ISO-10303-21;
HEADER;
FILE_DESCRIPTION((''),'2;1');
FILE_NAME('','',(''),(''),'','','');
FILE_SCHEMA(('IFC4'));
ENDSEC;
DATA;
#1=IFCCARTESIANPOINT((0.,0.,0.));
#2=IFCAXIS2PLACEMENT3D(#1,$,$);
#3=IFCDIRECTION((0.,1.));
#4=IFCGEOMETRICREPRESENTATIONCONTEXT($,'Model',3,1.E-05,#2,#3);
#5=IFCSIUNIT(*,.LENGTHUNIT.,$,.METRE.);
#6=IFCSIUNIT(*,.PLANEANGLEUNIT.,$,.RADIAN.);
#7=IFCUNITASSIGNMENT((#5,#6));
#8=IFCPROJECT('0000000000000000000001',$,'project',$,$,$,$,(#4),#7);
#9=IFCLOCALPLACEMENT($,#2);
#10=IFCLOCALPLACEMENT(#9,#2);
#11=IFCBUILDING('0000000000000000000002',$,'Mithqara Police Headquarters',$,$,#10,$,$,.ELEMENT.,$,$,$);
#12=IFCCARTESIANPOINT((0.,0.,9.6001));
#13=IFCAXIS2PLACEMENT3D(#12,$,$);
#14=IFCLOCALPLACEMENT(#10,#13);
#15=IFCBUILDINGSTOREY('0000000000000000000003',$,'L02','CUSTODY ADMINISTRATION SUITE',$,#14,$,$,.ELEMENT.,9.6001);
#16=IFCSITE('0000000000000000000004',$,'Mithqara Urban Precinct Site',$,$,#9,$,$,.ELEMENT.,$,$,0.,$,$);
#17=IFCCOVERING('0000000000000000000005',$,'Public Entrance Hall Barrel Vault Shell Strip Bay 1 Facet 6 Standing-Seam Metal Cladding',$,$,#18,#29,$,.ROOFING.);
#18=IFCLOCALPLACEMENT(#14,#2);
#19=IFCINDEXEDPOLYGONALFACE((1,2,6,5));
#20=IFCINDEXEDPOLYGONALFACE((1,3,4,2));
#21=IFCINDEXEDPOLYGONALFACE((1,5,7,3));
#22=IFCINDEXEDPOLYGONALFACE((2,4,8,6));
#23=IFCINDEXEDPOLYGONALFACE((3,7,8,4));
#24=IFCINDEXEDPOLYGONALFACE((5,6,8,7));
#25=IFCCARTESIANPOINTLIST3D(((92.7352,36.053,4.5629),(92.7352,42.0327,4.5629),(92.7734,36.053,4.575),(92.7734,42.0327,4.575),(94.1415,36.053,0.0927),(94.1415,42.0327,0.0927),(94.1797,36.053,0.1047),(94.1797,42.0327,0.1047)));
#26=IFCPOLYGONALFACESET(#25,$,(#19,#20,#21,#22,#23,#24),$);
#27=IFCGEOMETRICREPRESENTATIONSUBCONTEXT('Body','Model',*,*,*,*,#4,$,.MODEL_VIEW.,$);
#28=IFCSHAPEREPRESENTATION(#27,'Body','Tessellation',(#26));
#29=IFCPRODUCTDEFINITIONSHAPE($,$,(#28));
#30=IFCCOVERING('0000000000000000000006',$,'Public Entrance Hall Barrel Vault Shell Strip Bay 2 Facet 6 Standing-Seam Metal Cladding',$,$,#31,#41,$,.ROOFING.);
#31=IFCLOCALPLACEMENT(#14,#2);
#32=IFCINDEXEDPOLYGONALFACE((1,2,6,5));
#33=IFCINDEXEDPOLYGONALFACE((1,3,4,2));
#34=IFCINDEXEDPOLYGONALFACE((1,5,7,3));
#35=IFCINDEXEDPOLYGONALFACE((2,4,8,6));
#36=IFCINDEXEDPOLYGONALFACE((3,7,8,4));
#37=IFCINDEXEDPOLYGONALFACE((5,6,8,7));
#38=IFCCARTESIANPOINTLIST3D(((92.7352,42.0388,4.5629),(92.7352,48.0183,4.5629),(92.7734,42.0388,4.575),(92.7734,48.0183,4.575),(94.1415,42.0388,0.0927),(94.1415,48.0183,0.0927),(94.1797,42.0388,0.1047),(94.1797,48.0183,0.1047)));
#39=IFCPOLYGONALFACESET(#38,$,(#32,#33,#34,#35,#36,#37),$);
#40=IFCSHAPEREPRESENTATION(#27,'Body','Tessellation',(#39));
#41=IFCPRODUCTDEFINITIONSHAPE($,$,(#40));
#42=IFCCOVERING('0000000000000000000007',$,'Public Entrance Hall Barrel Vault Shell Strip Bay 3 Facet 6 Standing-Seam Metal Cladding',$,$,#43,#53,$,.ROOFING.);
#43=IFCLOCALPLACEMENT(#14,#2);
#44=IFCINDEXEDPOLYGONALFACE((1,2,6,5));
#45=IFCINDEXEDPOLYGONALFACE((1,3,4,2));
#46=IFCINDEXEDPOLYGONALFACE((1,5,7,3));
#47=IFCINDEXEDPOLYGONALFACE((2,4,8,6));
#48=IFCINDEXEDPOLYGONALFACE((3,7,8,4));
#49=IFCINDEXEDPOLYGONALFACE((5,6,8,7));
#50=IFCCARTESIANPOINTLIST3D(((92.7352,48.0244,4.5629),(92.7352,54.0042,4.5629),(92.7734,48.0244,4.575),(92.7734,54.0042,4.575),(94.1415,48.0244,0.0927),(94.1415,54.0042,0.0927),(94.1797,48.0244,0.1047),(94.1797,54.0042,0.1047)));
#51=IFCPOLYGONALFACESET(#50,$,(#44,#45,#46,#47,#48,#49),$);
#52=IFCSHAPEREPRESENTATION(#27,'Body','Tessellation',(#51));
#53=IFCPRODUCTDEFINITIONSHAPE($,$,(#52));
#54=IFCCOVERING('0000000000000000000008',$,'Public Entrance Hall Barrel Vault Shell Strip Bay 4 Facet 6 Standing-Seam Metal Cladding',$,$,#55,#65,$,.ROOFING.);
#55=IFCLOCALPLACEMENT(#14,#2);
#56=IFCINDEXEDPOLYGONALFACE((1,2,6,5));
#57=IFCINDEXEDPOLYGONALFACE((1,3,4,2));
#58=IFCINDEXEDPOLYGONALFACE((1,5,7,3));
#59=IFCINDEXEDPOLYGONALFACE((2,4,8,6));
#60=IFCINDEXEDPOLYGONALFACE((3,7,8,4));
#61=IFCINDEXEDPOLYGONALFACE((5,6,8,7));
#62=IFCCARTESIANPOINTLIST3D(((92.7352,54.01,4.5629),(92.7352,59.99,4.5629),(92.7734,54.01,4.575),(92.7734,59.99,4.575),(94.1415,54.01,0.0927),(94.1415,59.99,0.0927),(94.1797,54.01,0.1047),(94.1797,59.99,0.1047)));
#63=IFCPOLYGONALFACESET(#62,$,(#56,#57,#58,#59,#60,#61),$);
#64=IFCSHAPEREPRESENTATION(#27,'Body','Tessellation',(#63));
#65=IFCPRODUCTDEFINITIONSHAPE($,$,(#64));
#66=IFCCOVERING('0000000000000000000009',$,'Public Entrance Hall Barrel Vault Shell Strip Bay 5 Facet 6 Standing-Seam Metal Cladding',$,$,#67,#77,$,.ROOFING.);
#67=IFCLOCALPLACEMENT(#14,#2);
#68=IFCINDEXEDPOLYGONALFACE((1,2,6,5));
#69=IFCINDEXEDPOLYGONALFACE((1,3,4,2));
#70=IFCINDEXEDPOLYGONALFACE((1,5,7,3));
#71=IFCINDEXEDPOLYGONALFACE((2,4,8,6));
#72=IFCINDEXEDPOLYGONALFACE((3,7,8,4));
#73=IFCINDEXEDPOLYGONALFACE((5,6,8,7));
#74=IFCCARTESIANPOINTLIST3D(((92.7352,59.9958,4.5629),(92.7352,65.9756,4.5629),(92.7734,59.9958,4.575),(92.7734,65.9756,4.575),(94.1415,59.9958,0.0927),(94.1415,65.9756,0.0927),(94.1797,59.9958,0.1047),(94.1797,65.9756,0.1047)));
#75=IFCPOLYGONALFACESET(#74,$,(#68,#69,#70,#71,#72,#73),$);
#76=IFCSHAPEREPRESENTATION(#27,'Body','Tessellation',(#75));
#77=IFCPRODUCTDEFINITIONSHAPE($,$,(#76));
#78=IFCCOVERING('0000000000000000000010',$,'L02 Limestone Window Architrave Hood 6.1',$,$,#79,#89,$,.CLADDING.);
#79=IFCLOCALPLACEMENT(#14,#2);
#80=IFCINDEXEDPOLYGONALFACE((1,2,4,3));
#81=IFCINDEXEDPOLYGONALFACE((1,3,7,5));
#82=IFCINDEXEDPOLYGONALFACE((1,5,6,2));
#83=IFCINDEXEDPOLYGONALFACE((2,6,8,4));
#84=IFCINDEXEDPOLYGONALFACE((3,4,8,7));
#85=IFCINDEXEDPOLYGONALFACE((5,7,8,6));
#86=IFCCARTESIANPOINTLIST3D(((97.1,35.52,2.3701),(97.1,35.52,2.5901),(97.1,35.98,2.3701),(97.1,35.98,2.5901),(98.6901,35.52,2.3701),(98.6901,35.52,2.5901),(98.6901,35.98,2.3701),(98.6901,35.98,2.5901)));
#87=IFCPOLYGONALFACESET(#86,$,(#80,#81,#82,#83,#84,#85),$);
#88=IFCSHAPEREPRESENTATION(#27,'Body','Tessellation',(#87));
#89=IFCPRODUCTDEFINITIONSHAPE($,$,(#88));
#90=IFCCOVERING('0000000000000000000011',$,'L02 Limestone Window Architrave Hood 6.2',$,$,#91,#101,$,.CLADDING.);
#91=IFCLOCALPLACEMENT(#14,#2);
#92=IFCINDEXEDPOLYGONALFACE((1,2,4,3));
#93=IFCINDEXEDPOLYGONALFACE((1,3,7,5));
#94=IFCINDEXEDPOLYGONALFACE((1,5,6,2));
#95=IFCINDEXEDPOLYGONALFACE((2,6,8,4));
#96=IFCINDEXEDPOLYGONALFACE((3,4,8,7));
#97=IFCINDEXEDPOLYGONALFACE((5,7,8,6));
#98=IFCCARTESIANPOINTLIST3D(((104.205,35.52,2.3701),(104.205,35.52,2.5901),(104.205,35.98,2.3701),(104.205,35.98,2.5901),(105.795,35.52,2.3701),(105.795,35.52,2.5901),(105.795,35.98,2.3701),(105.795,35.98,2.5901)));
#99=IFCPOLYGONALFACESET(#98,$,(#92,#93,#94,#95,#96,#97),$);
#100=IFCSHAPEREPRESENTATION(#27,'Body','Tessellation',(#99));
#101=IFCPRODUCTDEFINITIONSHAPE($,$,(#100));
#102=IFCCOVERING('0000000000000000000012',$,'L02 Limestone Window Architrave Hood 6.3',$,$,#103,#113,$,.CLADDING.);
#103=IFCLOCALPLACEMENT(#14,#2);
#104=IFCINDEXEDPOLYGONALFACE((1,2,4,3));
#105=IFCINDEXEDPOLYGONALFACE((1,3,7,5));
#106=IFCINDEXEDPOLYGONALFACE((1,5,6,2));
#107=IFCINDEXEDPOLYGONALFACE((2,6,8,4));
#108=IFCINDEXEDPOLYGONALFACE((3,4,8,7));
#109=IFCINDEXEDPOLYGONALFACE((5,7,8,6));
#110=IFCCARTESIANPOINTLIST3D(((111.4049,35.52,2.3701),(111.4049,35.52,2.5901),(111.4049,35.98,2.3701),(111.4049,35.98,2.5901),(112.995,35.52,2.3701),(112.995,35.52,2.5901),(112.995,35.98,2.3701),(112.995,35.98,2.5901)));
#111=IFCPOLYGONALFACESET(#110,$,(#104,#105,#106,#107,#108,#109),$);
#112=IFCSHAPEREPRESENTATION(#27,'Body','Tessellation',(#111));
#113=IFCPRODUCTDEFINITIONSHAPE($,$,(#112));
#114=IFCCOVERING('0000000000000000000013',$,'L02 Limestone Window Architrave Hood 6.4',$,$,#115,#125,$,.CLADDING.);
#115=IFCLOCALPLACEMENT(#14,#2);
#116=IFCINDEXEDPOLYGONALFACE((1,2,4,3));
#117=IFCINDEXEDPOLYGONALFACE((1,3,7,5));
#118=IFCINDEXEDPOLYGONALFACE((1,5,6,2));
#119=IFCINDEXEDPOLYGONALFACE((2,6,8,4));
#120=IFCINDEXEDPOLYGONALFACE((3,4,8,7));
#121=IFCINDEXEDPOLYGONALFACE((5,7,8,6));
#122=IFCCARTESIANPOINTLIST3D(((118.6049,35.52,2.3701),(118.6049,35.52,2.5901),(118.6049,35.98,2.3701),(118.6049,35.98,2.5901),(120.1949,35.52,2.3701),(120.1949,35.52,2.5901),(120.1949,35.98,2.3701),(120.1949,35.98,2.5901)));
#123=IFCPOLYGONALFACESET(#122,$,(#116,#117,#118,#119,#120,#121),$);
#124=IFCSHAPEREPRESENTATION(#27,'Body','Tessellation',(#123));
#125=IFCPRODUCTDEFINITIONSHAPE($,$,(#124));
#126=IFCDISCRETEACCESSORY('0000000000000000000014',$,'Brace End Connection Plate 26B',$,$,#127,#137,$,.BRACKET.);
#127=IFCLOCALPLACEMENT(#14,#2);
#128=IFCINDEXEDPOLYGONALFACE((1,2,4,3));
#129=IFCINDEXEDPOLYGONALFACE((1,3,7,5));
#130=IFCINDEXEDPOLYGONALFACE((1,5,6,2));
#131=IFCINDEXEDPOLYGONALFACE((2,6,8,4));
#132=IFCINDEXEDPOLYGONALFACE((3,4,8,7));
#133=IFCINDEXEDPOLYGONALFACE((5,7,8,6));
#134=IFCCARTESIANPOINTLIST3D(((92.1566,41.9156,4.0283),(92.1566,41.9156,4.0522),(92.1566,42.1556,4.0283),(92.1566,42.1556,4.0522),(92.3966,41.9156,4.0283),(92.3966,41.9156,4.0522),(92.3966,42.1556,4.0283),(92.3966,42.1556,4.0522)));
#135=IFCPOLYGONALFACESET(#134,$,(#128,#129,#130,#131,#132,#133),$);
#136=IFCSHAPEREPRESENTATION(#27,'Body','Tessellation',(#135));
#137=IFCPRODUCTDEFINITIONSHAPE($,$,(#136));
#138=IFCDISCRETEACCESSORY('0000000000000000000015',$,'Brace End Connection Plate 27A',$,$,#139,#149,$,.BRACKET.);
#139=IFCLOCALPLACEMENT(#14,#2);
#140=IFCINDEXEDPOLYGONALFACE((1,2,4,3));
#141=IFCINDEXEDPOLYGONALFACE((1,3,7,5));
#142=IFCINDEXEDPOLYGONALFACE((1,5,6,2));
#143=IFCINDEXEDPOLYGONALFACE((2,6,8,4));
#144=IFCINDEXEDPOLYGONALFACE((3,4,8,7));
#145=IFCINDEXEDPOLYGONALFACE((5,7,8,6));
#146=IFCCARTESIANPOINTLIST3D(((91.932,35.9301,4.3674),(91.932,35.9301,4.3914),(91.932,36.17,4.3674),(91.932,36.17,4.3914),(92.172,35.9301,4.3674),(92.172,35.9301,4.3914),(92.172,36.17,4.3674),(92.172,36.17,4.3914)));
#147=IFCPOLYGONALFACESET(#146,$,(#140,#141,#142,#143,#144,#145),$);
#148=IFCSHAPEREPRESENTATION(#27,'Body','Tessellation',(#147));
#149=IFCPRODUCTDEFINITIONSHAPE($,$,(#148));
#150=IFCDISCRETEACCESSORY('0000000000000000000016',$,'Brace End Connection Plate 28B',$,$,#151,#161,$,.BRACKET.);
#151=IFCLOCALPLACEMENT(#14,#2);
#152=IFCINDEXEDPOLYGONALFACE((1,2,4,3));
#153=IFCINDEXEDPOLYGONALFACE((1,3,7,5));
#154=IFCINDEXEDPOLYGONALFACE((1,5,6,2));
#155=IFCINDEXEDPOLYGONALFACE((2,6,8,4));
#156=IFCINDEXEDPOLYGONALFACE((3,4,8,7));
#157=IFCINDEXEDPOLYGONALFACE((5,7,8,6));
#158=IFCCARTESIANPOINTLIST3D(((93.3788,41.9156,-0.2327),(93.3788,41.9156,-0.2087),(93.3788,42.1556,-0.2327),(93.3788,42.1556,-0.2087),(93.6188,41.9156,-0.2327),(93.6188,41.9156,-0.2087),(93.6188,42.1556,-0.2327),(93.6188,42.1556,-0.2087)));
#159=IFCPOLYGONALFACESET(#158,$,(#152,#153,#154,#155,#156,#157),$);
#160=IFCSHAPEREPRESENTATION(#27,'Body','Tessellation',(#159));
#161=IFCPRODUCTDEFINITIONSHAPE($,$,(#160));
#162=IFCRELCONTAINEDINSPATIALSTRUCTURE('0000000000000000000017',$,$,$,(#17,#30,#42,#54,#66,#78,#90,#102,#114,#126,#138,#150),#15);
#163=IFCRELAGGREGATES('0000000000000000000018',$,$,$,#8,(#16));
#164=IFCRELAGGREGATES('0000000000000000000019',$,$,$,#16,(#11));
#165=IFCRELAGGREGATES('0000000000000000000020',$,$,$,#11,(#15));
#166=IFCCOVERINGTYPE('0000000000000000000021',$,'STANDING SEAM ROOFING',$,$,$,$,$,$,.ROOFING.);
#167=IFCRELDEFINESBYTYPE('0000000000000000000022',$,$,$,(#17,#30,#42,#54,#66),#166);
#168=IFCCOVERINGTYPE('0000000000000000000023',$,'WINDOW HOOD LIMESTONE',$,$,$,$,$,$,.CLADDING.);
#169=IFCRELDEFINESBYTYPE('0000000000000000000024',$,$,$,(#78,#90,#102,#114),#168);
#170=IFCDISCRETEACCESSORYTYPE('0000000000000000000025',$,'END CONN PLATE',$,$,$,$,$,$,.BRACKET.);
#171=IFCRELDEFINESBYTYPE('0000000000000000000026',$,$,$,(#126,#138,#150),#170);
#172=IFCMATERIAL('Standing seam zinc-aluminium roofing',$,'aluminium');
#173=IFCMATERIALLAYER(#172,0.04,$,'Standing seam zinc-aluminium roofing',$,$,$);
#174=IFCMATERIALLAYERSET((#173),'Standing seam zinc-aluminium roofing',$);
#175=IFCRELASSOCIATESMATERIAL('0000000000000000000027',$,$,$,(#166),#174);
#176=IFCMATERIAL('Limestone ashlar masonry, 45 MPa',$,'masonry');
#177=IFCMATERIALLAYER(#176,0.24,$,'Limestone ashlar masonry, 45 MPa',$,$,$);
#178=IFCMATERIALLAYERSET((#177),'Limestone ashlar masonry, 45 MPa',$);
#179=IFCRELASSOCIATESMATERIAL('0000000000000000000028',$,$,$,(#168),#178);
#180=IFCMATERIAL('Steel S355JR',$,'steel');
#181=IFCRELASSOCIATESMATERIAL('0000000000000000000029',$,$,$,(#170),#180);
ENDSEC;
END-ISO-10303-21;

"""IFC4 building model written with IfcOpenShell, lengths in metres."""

from ifc_helpers import new_model, si_unit, direction, frame, origin, origin_2d, place, context, subcontext, project, spatial, polyline, rectangle, outline, extrude, material, layer, layer_set, type_object, element, save


model = new_model("IFC4")

# Units and contexts
model_context = context("Model", 3, precision=1e-05, world=origin(), true_north=direction((0.0, 1.0)))
body_context = subcontext(model_context, "Body", "Model", "MODEL_VIEW")
ifc_project = project(units=[si_unit("LENGTHUNIT", "METRE"), si_unit("PLANEANGLEUNIT", "RADIAN")], contexts=[model_context])

# Site, building, storey
site_placement = place(None, origin())
site = spatial("IfcSite", under=ifc_project, at=site_placement, Name="Mithqara Urban Precinct Site", CompositionType="ELEMENT", RefElevation=0.0)
building_placement = place(site_placement, origin())
building = spatial("IfcBuilding", under=site, at=building_placement, Name="Mithqara Police Headquarters", CompositionType="ELEMENT")
storey_placement = place(building_placement, frame((0.0, 0.0, 9.6001)))
storey = spatial("IfcBuildingStorey", under=building, at=storey_placement, Name="L02", Description="CUSTODY ADMINISTRATION SUITE", CompositionType="ELEMENT", Elevation=9.6001)

# Shared definitions
ifc_material_1 = material(Name="Steel S355JR", Category="steel")

# Coverings
ifc_material_2 = material(Name="Standing seam zinc-aluminium roofing", Category="aluminium")
ifc_layer_1 = layer(ifc_material_2, 0.04, Name="Standing seam zinc-aluminium roofing")
ifc_layer_set_1 = layer_set([ifc_layer_1], Name="Standing seam zinc-aluminium roofing")
covering_type_1 = type_object("IfcCoveringType", Name="STANDING SEAM ROOFING", PredefinedType="ROOFING", material=ifc_layer_set_1)
covering_1_placement = place(storey_placement, frame((92.7734, 36.053, 4.575), z_axis=(0.953913, 0.0, 0.300084), x_axis=(0.300084, 0.0, -0.953913)))
element("IfcCovering", 1, at=covering_1_placement, inside=storey, type_object=covering_type_1, Name="Public Entrance Hall Barrel Vault Shell Strip Bay 1 Facet 6 Standing-Seam Metal Cladding", PredefinedType="ROOFING", context=body_context, shape_type="SweptSolid", body=[
    extrude(outline(polyline([(0.0, 0.0), (4.6862, 0.0), (4.6862, 5.9797), (0.0, 5.9797), (0.0, 0.0)])), origin(), (0.0, 0.0, -1.0), 0.04),
])
covering_2_placement = place(storey_placement, frame((92.7734, 42.0388, 4.575), z_axis=(0.953913, 0.0, 0.300084), x_axis=(0.300084, 0.0, -0.953913)))
element("IfcCovering", 2, at=covering_2_placement, inside=storey, type_object=covering_type_1, Name="Public Entrance Hall Barrel Vault Shell Strip Bay 2 Facet 6 Standing-Seam Metal Cladding", PredefinedType="ROOFING", context=body_context, shape_type="SweptSolid", body=[
    extrude(outline(polyline([(0.0, 0.0), (4.6862, 0.0), (4.6862, 5.9795), (0.0, 5.9795), (0.0, 0.0)])), origin(), (0.0, 0.0, -1.0), 0.04),
])
covering_3_placement = place(storey_placement, frame((92.7734, 48.0244, 4.575), z_axis=(0.953913, 0.0, 0.300084), x_axis=(0.300084, 0.0, -0.953913)))
element("IfcCovering", 3, at=covering_3_placement, inside=storey, type_object=covering_type_1, Name="Public Entrance Hall Barrel Vault Shell Strip Bay 3 Facet 6 Standing-Seam Metal Cladding", PredefinedType="ROOFING", context=body_context, shape_type="SweptSolid", body=[
    extrude(outline(polyline([(0.0, 0.0), (4.6862, 0.0), (4.6862, 5.9797), (0.0, 5.9797), (0.0, 0.0)])), origin(), (0.0, 0.0, -1.0), 0.04),
])
covering_4_placement = place(storey_placement, frame((92.7734, 54.01, 4.575), z_axis=(0.953913, 0.0, 0.300084), x_axis=(0.300084, 0.0, -0.953913)))
element("IfcCovering", 4, at=covering_4_placement, inside=storey, type_object=covering_type_1, Name="Public Entrance Hall Barrel Vault Shell Strip Bay 4 Facet 6 Standing-Seam Metal Cladding", PredefinedType="ROOFING", context=body_context, shape_type="SweptSolid", body=[
    extrude(outline(polyline([(0.0, 0.0), (4.6862, 0.0), (4.6862, 5.98), (0.0, 5.98), (0.0, 0.0)])), origin(), (0.0, 0.0, -1.0), 0.04),
])
covering_5_placement = place(storey_placement, frame((92.7734, 59.9958, 4.575), z_axis=(0.953913, 0.0, 0.300084), x_axis=(0.300084, 0.0, -0.953913)))
element("IfcCovering", 5, at=covering_5_placement, inside=storey, type_object=covering_type_1, Name="Public Entrance Hall Barrel Vault Shell Strip Bay 5 Facet 6 Standing-Seam Metal Cladding", PredefinedType="ROOFING", context=body_context, shape_type="SweptSolid", body=[
    extrude(outline(polyline([(0.0, 0.0), (4.6862, 0.0), (4.6862, 5.9797), (0.0, 5.9797), (0.0, 0.0)])), origin(), (0.0, 0.0, -1.0), 0.04),
])
ifc_material_3 = material(Name="Limestone ashlar masonry, 45 MPa", Category="masonry")
ifc_layer_2 = layer(ifc_material_3, 0.24, Name="Limestone ashlar masonry, 45 MPa")
ifc_layer_set_2 = layer_set([ifc_layer_2], Name="Limestone ashlar masonry, 45 MPa")
covering_type_2 = type_object("IfcCoveringType", Name="WINDOW HOOD LIMESTONE", PredefinedType="CLADDING", material=ifc_layer_set_2)
for number, where, z_axis, x_axis, name in (
    (6, (97.895, 35.75, 2.3701), (0.0, 0.0, 1.0), (1.0, 0.0, 0.0), "L02 Limestone Window Architrave Hood 6.1"),
    (7, (105.0, 35.75, 2.3701), (0.0, 0.0, 1.0), (1.0, 0.0, 0.0), "L02 Limestone Window Architrave Hood 6.2"),
    (8, (112.2, 35.75, 2.3701), (0.0, 0.0, 1.0), (1.0, 0.0, 0.0), "L02 Limestone Window Architrave Hood 6.3"),
    (9, (119.3999, 35.75, 2.3701), (0.0, 0.0, 1.0), (1.0, 0.0, 0.0), "L02 Limestone Window Architrave Hood 6.4"),
):
    element("IfcCovering", number, at=place(storey_placement, frame(where, z_axis=z_axis, x_axis=x_axis)), inside=storey, type_object=covering_type_2, Name=name, PredefinedType="CLADDING", context=body_context, shape_type="SweptSolid", body=[
        extrude(rectangle(XDim=1.5901, YDim=0.46, at=origin_2d()), origin(), (0.0, 0.0, 1.0), 0.22),
    ])

# Discrete accessories
discrete_accessory_type = type_object("IfcDiscreteAccessoryType", Name="END CONN PLATE", PredefinedType="BRACKET", material=ifc_material_1)
for number, where, z_axis, x_axis, name in (
    (10, (92.2766, 42.0356, 4.0283), (0.0, 0.0, 1.0), (1.0, 0.0, 0.0), "Brace End Connection Plate 26B"),
    (11, (92.052, 36.05, 4.3674), (0.0, 0.0, 1.0), (1.0, 0.0, 0.0), "Brace End Connection Plate 27A"),
    (12, (93.4988, 42.0356, -0.2327), (0.0, 0.0, 1.0), (1.0, 0.0, 0.0), "Brace End Connection Plate 28B"),
):
    element("IfcDiscreteAccessory", number, at=place(storey_placement, frame(where, z_axis=z_axis, x_axis=x_axis)), inside=storey, type_object=discrete_accessory_type, Name=name, PredefinedType="BRACKET", context=body_context, shape_type="SweptSolid", body=[
        extrude(rectangle(XDim=0.24, YDim=0.24, at=origin_2d()), origin(), (0.0, 0.0, 1.0), 0.0239),
    ])

save(model, "model.ifc")
